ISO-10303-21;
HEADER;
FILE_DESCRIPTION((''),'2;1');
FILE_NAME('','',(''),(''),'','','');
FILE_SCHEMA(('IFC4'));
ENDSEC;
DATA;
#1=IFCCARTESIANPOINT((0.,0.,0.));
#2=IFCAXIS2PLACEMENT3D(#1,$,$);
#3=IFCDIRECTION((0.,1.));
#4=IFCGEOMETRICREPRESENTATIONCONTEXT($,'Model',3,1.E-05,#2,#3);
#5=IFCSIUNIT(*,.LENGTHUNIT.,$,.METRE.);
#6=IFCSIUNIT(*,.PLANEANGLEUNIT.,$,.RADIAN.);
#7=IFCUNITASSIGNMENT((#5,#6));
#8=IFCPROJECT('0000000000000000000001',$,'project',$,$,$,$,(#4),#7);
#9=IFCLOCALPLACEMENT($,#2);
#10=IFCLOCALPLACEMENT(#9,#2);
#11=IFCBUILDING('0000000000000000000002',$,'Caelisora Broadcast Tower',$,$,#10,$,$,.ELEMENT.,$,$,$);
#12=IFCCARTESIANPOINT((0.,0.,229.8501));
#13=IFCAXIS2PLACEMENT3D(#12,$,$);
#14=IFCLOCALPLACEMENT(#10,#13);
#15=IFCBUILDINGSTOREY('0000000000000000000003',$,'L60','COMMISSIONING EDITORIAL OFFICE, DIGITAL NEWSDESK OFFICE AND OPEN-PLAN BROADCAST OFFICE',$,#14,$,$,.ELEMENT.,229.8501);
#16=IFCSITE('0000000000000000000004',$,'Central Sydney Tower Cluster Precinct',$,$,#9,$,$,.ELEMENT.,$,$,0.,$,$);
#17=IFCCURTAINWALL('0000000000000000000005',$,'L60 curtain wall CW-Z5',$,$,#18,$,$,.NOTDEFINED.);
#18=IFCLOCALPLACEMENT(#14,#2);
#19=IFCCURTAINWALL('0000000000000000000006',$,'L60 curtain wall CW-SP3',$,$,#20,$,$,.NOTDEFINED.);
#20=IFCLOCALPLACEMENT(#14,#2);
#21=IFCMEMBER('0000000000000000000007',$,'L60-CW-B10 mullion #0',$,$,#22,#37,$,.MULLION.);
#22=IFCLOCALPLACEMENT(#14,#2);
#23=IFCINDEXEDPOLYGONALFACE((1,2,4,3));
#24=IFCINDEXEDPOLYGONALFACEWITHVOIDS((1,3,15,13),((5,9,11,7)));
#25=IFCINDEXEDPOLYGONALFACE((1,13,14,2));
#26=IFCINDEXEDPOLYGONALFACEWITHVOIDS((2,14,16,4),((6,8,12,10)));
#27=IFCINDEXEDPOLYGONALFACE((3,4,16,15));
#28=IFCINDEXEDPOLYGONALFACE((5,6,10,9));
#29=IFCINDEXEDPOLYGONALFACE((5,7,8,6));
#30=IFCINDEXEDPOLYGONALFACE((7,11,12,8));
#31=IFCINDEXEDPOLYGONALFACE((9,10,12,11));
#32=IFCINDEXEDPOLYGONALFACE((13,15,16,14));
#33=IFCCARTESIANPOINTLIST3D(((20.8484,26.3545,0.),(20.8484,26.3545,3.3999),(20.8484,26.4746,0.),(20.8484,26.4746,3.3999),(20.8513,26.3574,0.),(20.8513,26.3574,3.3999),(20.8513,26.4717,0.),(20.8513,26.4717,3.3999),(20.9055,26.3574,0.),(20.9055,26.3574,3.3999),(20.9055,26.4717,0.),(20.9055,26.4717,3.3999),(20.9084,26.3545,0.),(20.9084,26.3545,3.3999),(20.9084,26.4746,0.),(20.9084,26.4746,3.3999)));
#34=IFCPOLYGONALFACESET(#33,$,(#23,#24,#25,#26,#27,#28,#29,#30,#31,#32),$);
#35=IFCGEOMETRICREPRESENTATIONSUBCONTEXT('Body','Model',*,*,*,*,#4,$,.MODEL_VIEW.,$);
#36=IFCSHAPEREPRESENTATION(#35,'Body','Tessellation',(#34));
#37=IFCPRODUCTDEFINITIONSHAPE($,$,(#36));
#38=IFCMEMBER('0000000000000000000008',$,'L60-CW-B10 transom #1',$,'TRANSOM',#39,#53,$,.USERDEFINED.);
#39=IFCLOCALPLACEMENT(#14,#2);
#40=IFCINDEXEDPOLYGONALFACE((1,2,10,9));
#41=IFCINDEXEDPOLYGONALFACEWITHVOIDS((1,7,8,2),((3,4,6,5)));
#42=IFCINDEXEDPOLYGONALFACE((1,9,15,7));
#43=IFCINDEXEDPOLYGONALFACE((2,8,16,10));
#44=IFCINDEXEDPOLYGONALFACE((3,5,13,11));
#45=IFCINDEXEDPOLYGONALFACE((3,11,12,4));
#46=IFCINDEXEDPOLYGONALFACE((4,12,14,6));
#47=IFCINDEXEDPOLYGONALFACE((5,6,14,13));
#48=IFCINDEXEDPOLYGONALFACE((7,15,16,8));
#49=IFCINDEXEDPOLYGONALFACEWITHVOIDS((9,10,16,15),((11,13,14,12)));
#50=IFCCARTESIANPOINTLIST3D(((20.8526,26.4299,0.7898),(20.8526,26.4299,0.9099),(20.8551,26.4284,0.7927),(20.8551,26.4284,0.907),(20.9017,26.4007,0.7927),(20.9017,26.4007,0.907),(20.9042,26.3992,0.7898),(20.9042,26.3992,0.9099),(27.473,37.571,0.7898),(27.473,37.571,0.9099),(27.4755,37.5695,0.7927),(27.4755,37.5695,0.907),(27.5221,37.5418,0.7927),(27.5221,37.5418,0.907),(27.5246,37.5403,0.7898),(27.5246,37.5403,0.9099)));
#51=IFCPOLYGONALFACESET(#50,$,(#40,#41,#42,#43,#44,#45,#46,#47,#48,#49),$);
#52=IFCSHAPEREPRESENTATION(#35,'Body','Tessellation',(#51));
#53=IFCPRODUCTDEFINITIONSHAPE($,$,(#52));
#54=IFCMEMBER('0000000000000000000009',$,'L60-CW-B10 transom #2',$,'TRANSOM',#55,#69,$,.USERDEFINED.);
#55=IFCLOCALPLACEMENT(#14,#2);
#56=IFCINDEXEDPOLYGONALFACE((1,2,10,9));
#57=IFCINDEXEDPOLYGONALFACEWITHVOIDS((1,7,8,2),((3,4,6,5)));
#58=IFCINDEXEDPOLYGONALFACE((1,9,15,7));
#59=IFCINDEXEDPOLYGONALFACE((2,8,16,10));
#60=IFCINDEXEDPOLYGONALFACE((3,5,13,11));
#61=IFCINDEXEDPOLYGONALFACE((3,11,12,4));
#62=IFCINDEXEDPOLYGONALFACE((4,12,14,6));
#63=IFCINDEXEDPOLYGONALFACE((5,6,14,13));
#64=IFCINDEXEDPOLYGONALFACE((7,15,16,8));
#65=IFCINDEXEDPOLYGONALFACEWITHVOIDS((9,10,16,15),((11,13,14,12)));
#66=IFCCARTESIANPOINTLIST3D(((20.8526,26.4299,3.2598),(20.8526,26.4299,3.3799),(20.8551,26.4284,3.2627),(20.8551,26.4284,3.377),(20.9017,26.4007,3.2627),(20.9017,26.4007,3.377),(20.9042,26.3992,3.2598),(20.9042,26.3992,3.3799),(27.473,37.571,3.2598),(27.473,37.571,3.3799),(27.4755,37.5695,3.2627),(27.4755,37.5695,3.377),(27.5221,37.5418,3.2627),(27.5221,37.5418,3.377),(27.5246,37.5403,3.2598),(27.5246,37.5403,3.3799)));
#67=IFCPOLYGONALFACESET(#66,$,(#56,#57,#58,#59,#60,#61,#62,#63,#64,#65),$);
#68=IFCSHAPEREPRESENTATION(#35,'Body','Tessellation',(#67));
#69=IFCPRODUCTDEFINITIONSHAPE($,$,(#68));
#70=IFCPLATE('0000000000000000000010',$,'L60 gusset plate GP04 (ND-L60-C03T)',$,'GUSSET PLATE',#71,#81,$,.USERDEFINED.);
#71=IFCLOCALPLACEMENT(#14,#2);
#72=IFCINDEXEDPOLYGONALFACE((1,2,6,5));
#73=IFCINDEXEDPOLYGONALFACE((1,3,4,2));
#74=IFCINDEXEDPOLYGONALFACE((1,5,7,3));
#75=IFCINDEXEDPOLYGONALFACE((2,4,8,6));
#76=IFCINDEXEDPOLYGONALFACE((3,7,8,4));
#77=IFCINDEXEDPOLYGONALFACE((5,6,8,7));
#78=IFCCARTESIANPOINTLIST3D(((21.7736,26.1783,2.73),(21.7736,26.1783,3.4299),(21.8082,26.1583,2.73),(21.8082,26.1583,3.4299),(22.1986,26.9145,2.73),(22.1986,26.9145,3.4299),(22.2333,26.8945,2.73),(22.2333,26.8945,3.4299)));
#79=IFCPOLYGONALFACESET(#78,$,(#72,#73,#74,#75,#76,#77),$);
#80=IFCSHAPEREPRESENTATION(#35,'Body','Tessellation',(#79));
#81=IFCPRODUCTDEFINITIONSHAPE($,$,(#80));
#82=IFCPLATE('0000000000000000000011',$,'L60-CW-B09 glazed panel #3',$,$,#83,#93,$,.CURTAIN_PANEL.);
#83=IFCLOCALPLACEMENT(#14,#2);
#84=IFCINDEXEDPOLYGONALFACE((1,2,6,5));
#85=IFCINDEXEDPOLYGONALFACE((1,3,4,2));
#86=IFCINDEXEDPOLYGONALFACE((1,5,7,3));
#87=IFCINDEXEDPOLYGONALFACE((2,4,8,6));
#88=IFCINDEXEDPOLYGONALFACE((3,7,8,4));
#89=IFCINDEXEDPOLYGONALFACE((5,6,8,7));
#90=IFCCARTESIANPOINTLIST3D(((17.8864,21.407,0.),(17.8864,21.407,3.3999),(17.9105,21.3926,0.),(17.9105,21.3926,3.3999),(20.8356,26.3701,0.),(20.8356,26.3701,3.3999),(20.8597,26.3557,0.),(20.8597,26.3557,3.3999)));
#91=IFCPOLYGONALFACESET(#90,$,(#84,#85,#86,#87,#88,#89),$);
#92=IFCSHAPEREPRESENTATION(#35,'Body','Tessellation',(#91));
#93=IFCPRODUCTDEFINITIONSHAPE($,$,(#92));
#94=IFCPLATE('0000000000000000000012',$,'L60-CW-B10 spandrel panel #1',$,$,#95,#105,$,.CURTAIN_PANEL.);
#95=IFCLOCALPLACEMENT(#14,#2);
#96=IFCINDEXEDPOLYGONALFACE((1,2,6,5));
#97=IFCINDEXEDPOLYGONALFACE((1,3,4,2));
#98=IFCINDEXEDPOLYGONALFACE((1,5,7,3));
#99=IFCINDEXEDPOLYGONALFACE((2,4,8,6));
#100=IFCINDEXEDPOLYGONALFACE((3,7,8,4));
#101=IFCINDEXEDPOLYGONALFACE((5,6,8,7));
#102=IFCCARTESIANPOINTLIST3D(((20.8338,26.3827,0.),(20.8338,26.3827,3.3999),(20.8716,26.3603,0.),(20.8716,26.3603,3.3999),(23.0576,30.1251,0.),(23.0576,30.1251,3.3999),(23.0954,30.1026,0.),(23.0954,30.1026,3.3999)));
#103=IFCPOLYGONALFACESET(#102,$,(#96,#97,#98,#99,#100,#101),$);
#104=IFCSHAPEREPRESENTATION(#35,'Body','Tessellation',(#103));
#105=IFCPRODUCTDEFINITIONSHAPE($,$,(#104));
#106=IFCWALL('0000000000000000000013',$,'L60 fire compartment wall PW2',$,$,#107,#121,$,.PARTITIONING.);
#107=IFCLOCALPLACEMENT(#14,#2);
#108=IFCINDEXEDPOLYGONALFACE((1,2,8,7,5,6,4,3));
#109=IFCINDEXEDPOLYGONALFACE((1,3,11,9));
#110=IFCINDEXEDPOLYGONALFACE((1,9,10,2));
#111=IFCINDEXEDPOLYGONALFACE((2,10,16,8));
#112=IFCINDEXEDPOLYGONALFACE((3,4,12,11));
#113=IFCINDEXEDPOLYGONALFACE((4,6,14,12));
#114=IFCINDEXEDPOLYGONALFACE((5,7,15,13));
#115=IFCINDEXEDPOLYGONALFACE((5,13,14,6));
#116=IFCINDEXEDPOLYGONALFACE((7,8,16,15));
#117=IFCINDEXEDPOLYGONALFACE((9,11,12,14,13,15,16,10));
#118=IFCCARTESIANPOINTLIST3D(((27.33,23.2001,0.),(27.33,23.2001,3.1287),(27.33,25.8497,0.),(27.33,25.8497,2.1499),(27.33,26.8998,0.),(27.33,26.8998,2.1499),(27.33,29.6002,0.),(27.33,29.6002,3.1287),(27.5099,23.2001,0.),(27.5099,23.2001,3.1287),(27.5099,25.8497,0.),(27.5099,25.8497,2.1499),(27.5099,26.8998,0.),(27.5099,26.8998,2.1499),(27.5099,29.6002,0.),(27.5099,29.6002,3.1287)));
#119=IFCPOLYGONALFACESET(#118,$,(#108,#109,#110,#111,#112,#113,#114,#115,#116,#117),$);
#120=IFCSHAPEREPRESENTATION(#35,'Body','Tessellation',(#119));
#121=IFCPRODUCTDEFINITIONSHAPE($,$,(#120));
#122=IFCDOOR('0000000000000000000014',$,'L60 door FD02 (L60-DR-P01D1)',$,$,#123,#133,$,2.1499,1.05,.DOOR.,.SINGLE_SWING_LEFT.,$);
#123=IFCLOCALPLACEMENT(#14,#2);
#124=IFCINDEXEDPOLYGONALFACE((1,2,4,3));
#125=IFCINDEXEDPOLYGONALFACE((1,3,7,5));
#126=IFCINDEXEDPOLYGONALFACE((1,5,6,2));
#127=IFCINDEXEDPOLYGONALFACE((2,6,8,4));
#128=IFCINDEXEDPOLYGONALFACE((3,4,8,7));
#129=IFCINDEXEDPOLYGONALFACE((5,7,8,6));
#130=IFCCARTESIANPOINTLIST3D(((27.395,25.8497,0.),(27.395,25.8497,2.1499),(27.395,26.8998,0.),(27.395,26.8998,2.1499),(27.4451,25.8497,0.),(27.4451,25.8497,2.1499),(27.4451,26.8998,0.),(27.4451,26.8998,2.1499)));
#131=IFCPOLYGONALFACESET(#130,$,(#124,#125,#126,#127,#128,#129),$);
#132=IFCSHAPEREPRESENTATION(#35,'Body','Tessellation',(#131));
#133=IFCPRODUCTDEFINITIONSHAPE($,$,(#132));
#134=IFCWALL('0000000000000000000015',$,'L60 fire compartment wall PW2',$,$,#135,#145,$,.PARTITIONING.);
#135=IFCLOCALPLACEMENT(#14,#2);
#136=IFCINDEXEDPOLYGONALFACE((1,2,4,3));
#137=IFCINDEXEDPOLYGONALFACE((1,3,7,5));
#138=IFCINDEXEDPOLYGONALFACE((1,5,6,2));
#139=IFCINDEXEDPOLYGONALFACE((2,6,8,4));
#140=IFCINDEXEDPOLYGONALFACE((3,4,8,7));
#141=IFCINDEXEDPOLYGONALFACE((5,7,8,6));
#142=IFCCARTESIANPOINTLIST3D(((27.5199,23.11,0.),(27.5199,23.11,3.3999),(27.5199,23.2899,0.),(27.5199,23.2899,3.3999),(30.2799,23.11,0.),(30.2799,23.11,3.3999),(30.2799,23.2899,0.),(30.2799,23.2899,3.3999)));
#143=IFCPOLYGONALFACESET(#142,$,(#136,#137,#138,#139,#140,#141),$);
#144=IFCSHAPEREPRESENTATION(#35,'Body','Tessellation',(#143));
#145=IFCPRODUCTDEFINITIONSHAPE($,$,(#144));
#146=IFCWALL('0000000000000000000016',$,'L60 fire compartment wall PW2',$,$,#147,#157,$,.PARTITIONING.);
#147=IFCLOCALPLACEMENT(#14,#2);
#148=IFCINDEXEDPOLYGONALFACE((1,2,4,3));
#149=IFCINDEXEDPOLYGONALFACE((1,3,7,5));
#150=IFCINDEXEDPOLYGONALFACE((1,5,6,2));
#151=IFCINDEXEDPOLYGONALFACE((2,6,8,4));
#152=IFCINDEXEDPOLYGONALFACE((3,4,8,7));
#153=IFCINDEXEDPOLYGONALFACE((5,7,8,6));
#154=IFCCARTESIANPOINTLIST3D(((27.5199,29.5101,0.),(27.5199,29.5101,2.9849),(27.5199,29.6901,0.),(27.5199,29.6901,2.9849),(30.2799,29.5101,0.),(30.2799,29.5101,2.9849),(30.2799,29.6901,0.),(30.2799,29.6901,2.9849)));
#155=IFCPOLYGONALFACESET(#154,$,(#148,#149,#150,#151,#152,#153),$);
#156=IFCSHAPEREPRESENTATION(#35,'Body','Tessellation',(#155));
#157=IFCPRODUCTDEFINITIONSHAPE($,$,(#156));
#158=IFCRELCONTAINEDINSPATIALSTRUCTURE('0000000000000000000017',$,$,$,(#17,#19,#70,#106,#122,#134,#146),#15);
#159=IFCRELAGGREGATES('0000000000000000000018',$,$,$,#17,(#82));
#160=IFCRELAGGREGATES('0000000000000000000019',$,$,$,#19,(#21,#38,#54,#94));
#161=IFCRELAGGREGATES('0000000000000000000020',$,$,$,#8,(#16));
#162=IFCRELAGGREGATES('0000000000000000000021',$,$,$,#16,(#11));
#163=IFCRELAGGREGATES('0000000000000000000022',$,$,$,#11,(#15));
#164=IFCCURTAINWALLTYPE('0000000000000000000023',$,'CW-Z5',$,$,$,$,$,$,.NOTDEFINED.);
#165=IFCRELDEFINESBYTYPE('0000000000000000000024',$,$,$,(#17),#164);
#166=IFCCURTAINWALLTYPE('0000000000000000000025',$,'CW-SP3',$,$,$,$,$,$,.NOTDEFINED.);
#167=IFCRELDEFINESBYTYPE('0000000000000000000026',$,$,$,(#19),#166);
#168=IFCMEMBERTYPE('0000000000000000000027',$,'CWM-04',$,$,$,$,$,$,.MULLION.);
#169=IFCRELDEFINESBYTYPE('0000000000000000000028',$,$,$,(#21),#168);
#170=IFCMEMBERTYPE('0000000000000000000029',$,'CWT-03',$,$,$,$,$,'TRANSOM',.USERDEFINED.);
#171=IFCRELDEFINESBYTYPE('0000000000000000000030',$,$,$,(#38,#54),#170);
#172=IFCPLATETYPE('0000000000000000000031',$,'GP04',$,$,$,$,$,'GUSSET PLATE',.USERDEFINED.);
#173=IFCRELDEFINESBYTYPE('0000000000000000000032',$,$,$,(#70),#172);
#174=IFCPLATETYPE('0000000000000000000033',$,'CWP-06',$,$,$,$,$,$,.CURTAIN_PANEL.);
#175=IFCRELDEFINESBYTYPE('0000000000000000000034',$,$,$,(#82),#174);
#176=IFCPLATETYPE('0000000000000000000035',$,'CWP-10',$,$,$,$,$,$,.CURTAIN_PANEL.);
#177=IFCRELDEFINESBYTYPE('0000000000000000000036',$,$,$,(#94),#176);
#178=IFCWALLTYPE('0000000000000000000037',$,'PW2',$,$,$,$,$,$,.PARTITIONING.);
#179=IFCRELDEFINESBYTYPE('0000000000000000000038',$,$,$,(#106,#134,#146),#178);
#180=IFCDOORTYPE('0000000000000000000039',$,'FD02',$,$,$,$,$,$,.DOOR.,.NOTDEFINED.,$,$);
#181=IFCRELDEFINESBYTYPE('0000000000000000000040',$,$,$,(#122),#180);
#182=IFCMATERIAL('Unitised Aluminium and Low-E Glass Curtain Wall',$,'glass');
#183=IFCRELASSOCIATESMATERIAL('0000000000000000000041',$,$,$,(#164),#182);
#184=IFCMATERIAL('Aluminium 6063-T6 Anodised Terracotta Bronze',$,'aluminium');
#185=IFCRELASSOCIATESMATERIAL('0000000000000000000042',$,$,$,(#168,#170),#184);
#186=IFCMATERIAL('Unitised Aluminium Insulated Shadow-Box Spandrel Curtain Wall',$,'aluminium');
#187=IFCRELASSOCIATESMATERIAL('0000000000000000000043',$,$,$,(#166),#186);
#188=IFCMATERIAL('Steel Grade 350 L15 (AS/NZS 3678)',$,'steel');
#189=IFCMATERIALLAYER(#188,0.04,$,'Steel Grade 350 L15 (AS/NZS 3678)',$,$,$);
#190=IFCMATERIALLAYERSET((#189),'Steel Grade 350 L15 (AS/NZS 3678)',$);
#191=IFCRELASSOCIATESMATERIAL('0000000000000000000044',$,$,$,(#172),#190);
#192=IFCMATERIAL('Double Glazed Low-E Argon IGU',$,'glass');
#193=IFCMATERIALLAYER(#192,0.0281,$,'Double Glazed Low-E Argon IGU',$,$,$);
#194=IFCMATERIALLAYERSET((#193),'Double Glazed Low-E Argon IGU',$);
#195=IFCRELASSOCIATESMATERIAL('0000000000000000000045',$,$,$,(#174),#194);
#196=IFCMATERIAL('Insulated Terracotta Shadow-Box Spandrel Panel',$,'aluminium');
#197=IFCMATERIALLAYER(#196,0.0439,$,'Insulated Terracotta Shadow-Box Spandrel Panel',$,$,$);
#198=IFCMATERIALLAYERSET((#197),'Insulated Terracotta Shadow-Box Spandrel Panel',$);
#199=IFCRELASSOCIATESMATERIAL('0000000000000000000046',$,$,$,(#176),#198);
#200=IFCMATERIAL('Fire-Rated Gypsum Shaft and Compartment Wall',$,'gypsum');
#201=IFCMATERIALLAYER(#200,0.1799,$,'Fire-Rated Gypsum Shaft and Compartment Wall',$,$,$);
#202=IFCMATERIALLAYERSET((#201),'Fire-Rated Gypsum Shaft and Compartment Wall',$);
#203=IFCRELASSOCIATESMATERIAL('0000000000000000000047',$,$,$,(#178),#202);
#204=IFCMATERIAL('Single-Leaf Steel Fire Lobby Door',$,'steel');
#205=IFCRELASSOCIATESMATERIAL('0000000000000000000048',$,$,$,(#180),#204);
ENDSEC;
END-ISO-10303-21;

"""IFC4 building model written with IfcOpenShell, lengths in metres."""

from ifc_helpers import new_model, si_unit, direction, frame, frame_2d, origin, origin_2d, place, context, subcontext, project, spatial, rectangle, hollow_rectangle, extrude, source, transform, mapped, material, layer, layer_set, material_profile, profile_set, type_object, type_shapes, element, fill, aggregate, save


model = new_model("IFC4")

# Units and contexts
model_context = context("Model", 3, precision=1e-05, world=origin(), true_north=direction((0.0, 1.0)))
body_context = subcontext(model_context, "Body", "Model", "MODEL_VIEW")
ifc_project = project(units=[si_unit("LENGTHUNIT", "METRE"), si_unit("PLANEANGLEUNIT", "RADIAN")], contexts=[model_context])

# Site, building, storey
site_placement = place(None, origin())
site = spatial("IfcSite", under=ifc_project, at=site_placement, Name="Central Sydney Tower Cluster Precinct", CompositionType="ELEMENT", RefElevation=0.0)
building_placement = place(site_placement, origin())
building = spatial("IfcBuilding", under=site, at=building_placement, Name="Caelisora Broadcast Tower", CompositionType="ELEMENT")
storey_placement = place(building_placement, frame((0.0, 0.0, 229.8501)))
storey = spatial("IfcBuildingStorey", under=building, at=storey_placement, Name="L60", Description="COMMISSIONING EDITORIAL OFFICE, DIGITAL NEWSDESK OFFICE AND OPEN-PLAN BROADCAST OFFICE", CompositionType="ELEMENT", Elevation=229.8501)

# Shared definitions
ifc_material_1 = material(Name="Steel Grade 350 L15 (AS/NZS 3678)", Category="steel")

# Curtain wall
ifc_material_2 = material(Name="Unitised Aluminium and Low-E Glass Curtain Wall", Category="glass")
curtain_wall_type_1 = type_object("IfcCurtainWallType", Name="CW-Z5", PredefinedType="NOTDEFINED", material=ifc_material_2)
curtain_wall_1_placement = place(storey_placement, origin())
curtain_wall_1 = element("IfcCurtainWall", 1, at=curtain_wall_1_placement, inside=storey, type_object=curtain_wall_type_1, Name="L60 curtain wall CW-Z5", PredefinedType="NOTDEFINED")
ifc_material_3 = material(Name="Aluminium 6063-T6 Anodised Terracotta Bronze", Category="aluminium")
ifc_material_profile_1 = material_profile(ifc_material_3, hollow_rectangle(XDim=0.0601, YDim=0.1201, WallThickness=0.0029, at=origin_2d()), Name="Aluminium 6063-T6 Anodised Terracotta Bronze")
ifc_profile_set_1 = profile_set([ifc_material_profile_1], Name="Aluminium 6063-T6 Anodised Terracotta Bronze")
member_type_1 = type_object("IfcMemberType", Name="CWM-04", PredefinedType="MULLION", material=ifc_profile_set_1)
shared_shape_1 = source(origin(), body_context, "Body", "SweptSolid", [
    extrude(hollow_rectangle(XDim=0.0601, YDim=0.1201, WallThickness=0.0029, at=origin_2d()), origin(), (0.0, 0.0, 1.0), 3.3999),
])
type_shapes(member_type_1, [shared_shape_1])

# Curtain wall, members
ifc_material_4 = material(Name="Unitised Aluminium Insulated Shadow-Box Spandrel Curtain Wall", Category="aluminium")
curtain_wall_type_2 = type_object("IfcCurtainWallType", Name="CW-SP3", PredefinedType="NOTDEFINED", material=ifc_material_4)
curtain_wall_2_placement = place(storey_placement, origin())
curtain_wall_2 = element("IfcCurtainWall", 2, at=curtain_wall_2_placement, inside=storey, type_object=curtain_wall_type_2, Name="L60 curtain wall CW-SP3", PredefinedType="NOTDEFINED")
member_1_placement = place(storey_placement, frame((20.8784, 26.4146, 0.0), z_axis=(0.0, 0.0, 1.0), x_axis=(1.0, 0.0, 0.0)))
member_1 = element("IfcMember", 3, at=member_1_placement, type_object=member_type_1, Name="L60-CW-B10 mullion #0", PredefinedType="MULLION", context=body_context, shape_type="MappedRepresentation", body=[
    mapped(shared_shape_1, transform((0.0, 0.0, 0.0), scale=1.0)),
])
ifc_material_profile_2 = material_profile(ifc_material_3, hollow_rectangle(XDim=0.0601, YDim=0.1201, WallThickness=0.0029, at=origin_2d()), Name="Aluminium 6063-T6 Anodised Terracotta Bronze")
ifc_profile_set_2 = profile_set([ifc_material_profile_2], Name="Aluminium 6063-T6 Anodised Terracotta Bronze")
member_type_2 = type_object("IfcMemberType", Name="CWT-03", ElementType="TRANSOM", PredefinedType="USERDEFINED", material=ifc_profile_set_2)
shared_shape_2 = source(origin(), body_context, "Body", "SweptSolid", [
    extrude(hollow_rectangle(XDim=0.0601, YDim=0.1201, WallThickness=0.0029, at=origin_2d()), origin(), (0.0, 0.0, 1.0), 12.9597),
])
type_shapes(member_type_2, [shared_shape_2])
member_2_placement = place(storey_placement, frame((20.8784, 26.4146, 0.8499), z_axis=(0.510843, 0.859674, 0.0), x_axis=(-0.859674, 0.510843, 0.0)))
member_2 = element("IfcMember", 4, at=member_2_placement, type_object=member_type_2, Name="L60-CW-B10 transom #1", ObjectType="TRANSOM", PredefinedType="USERDEFINED", context=body_context, shape_type="MappedRepresentation", body=[
    mapped(shared_shape_2, transform((0.0, 0.0, 0.0), scale=1.0)),
])
member_3_placement = place(storey_placement, frame((20.8784, 26.4146, 3.3198), z_axis=(0.510843, 0.859674, 0.0), x_axis=(-0.859674, 0.510843, 0.0)))
member_3 = element("IfcMember", 5, at=member_3_placement, type_object=member_type_2, Name="L60-CW-B10 transom #2", ObjectType="TRANSOM", PredefinedType="USERDEFINED", context=body_context, shape_type="MappedRepresentation", body=[
    mapped(shared_shape_2, transform((0.0, 0.0, 0.0), scale=1.0)),
])

# Plates
ifc_layer_1 = layer(ifc_material_1, 0.04, Name="Steel Grade 350 L15 (AS/NZS 3678)")
ifc_layer_set_1 = layer_set([ifc_layer_1], Name="Steel Grade 350 L15 (AS/NZS 3678)")
plate_type_1 = type_object("IfcPlateType", Name="GP04", ElementType="GUSSET PLATE", PredefinedType="USERDEFINED", material=ifc_layer_set_1)
shared_shape_3 = source(origin(), body_context, "Body", "SweptSolid", [
    extrude(rectangle(XDim=0.8501, YDim=0.04, at=origin_2d()), origin(), (0.0, 0.0, 1.0), 0.7),
])
type_shapes(plate_type_1, [shared_shape_3])
plate_1_placement = place(storey_placement, frame((22.0034, 26.5364, 2.73), z_axis=(0.0, 0.0, 1.0), x_axis=(-0.5, -0.866025, 0.0)))
element("IfcPlate", 6, at=plate_1_placement, inside=storey, type_object=plate_type_1, Name="L60 gusset plate GP04 (ND-L60-C03T)", ObjectType="GUSSET PLATE", PredefinedType="USERDEFINED", context=body_context, shape_type="MappedRepresentation", body=[
    mapped(shared_shape_3, transform((0.0, 0.0, 0.0), scale=1.0)),
])
ifc_material_5 = material(Name="Double Glazed Low-E Argon IGU", Category="glass")
ifc_layer_2 = layer(ifc_material_5, 0.0281, Name="Double Glazed Low-E Argon IGU")
ifc_layer_set_2 = layer_set([ifc_layer_2], Name="Double Glazed Low-E Argon IGU")
plate_type_2 = type_object("IfcPlateType", Name="CWP-06", PredefinedType="CURTAIN_PANEL", material=ifc_layer_set_2)
shared_shape_4 = source(origin(), body_context, "Body", "SweptSolid", [
    extrude(rectangle(XDim=5.7732, YDim=0.0281, at=origin_2d()), origin(), (0.0, 0.0, 1.0), 3.3999),
])
type_shapes(plate_type_2, [shared_shape_4])
plate_2_placement = place(storey_placement, frame((19.373, 23.8813, 0.0), z_axis=(0.0, 0.0, 1.0), x_axis=(0.510843, 0.859674, 0.0)))
plate_2 = element("IfcPlate", 7, at=plate_2_placement, type_object=plate_type_2, Name="L60-CW-B09 glazed panel #3", PredefinedType="CURTAIN_PANEL", context=body_context, shape_type="MappedRepresentation", body=[
    mapped(shared_shape_4, transform((0.0, 0.0, 0.0), scale=1.0)),
])
aggregate(curtain_wall_1, [plate_2])
ifc_material_6 = material(Name="Insulated Terracotta Shadow-Box Spandrel Panel", Category="aluminium")
ifc_layer_3 = layer(ifc_material_6, 0.0439, Name="Insulated Terracotta Shadow-Box Spandrel Panel")
ifc_layer_set_3 = layer_set([ifc_layer_3], Name="Insulated Terracotta Shadow-Box Spandrel Panel")
plate_type_3 = type_object("IfcPlateType", Name="CWP-10", PredefinedType="CURTAIN_PANEL", material=ifc_layer_set_3)
shared_shape_5 = source(origin(), body_context, "Body", "SweptSolid", [
    extrude(rectangle(XDim=4.3533, YDim=0.0439, at=origin_2d()), origin(), (0.0, 0.0, 1.0), 3.3999),
])
type_shapes(plate_type_3, [shared_shape_5])
plate_3_placement = place(storey_placement, frame((21.9646, 28.2427, 0.0), z_axis=(0.0, 0.0, 1.0), x_axis=(0.510843, 0.859674, 0.0)))
plate_3 = element("IfcPlate", 8, at=plate_3_placement, type_object=plate_type_3, Name="L60-CW-B10 spandrel panel #1", PredefinedType="CURTAIN_PANEL", context=body_context, shape_type="MappedRepresentation", body=[
    mapped(shared_shape_5, transform((0.0, 0.0, 0.0), scale=1.0)),
])
aggregate(curtain_wall_2, [member_1, member_2, member_3, plate_3])

# Wall, opening, door
ifc_material_7 = material(Name="Fire-Rated Gypsum Shaft and Compartment Wall", Category="gypsum")
ifc_layer_4 = layer(ifc_material_7, 0.1799, Name="Fire-Rated Gypsum Shaft and Compartment Wall")
ifc_layer_set_4 = layer_set([ifc_layer_4], Name="Fire-Rated Gypsum Shaft and Compartment Wall")
wall_type_1 = type_object("IfcWallType", Name="PW2", PredefinedType="PARTITIONING", material=ifc_layer_set_4)
wall_1_placement = place(storey_placement, frame((27.4199, 23.2, 0.0), z_axis=(0.0, 0.0, 1.0), x_axis=(0.0, 1.0, 0.0)))
wall_1 = element("IfcWall", 9, at=wall_1_placement, inside=storey, type_object=wall_type_1, Name="L60 fire compartment wall PW2", PredefinedType="PARTITIONING", context=body_context, shape_type="SweptSolid", body=[
    extrude(rectangle(XDim=6.4001, YDim=0.1799, at=frame_2d((3.2002, 0.0))), origin(), (0.0, 0.0, 1.0), 3.1287),
])
opening_1_placement = place(wall_1_placement, frame((2.6499, 0.0, 0.0)))
opening_1 = element("IfcOpeningElement", 10, at=opening_1_placement, cuts=wall_1, PredefinedType="OPENING", context=body_context, shape_type="SweptSolid", body=[
    extrude(rectangle(XDim=1.05, YDim=2.1499, at=frame_2d((0.5249, 1.075))), frame((0.0, 0.1021, 0.0), z_axis=(0.0, -1.0, 0.0), x_axis=(1.0, 0.0, 0.0)), (0.0, 0.0, 1.0), 0.2039),
])
ifc_material_8 = material(Name="Single-Leaf Steel Fire Lobby Door", Category="steel")
door_type_1 = type_object("IfcDoorType", Name="FD02", OperationType="NOTDEFINED", PredefinedType="DOOR", material=ifc_material_8)
door_1_placement = place(opening_1_placement, origin())
door_1 = element("IfcDoor", 11, at=door_1_placement, inside=storey, type_object=door_type_1, Name="L60 door FD02 (L60-DR-P01D1)", OperationType="SINGLE_SWING_LEFT", OverallHeight=2.1499, OverallWidth=1.05, PredefinedType="DOOR", context=body_context, shape_type="SweptSolid", body=[
    extrude(rectangle(XDim=1.05, YDim=2.1499, at=frame_2d((0.5249, 1.075))), frame((0.0, 0.0249, 0.0), z_axis=(0.0, -1.0, 0.0), x_axis=(1.0, 0.0, 0.0)), (0.0, 0.0, 1.0), 0.05),
])
fill(opening_1, door_1)

# Walls
wall_2_placement = place(storey_placement, frame((27.52, 23.2, 0.0), z_axis=(0.0, 0.0, 1.0), x_axis=(1.0, 0.0, 0.0)))
element("IfcWall", 12, at=wall_2_placement, inside=storey, type_object=wall_type_1, Name="L60 fire compartment wall PW2", PredefinedType="PARTITIONING", context=body_context, shape_type="SweptSolid", body=[
    extrude(rectangle(XDim=2.76, YDim=0.1799, at=frame_2d((1.3799, 0.0))), origin(), (0.0, 0.0, 1.0), 3.3999),
])
wall_3_placement = place(storey_placement, frame((27.52, 29.6001, 0.0), z_axis=(0.0, 0.0, 1.0), x_axis=(1.0, 0.0, 0.0)))
element("IfcWall", 13, at=wall_3_placement, inside=storey, type_object=wall_type_1, Name="L60 fire compartment wall PW2", PredefinedType="PARTITIONING", context=body_context, shape_type="SweptSolid", body=[
    extrude(rectangle(XDim=2.76, YDim=0.1799, at=frame_2d((1.3799, 0.0))), origin(), (0.0, 0.0, 1.0), 2.9849),
])

save(model, "model.ifc")
